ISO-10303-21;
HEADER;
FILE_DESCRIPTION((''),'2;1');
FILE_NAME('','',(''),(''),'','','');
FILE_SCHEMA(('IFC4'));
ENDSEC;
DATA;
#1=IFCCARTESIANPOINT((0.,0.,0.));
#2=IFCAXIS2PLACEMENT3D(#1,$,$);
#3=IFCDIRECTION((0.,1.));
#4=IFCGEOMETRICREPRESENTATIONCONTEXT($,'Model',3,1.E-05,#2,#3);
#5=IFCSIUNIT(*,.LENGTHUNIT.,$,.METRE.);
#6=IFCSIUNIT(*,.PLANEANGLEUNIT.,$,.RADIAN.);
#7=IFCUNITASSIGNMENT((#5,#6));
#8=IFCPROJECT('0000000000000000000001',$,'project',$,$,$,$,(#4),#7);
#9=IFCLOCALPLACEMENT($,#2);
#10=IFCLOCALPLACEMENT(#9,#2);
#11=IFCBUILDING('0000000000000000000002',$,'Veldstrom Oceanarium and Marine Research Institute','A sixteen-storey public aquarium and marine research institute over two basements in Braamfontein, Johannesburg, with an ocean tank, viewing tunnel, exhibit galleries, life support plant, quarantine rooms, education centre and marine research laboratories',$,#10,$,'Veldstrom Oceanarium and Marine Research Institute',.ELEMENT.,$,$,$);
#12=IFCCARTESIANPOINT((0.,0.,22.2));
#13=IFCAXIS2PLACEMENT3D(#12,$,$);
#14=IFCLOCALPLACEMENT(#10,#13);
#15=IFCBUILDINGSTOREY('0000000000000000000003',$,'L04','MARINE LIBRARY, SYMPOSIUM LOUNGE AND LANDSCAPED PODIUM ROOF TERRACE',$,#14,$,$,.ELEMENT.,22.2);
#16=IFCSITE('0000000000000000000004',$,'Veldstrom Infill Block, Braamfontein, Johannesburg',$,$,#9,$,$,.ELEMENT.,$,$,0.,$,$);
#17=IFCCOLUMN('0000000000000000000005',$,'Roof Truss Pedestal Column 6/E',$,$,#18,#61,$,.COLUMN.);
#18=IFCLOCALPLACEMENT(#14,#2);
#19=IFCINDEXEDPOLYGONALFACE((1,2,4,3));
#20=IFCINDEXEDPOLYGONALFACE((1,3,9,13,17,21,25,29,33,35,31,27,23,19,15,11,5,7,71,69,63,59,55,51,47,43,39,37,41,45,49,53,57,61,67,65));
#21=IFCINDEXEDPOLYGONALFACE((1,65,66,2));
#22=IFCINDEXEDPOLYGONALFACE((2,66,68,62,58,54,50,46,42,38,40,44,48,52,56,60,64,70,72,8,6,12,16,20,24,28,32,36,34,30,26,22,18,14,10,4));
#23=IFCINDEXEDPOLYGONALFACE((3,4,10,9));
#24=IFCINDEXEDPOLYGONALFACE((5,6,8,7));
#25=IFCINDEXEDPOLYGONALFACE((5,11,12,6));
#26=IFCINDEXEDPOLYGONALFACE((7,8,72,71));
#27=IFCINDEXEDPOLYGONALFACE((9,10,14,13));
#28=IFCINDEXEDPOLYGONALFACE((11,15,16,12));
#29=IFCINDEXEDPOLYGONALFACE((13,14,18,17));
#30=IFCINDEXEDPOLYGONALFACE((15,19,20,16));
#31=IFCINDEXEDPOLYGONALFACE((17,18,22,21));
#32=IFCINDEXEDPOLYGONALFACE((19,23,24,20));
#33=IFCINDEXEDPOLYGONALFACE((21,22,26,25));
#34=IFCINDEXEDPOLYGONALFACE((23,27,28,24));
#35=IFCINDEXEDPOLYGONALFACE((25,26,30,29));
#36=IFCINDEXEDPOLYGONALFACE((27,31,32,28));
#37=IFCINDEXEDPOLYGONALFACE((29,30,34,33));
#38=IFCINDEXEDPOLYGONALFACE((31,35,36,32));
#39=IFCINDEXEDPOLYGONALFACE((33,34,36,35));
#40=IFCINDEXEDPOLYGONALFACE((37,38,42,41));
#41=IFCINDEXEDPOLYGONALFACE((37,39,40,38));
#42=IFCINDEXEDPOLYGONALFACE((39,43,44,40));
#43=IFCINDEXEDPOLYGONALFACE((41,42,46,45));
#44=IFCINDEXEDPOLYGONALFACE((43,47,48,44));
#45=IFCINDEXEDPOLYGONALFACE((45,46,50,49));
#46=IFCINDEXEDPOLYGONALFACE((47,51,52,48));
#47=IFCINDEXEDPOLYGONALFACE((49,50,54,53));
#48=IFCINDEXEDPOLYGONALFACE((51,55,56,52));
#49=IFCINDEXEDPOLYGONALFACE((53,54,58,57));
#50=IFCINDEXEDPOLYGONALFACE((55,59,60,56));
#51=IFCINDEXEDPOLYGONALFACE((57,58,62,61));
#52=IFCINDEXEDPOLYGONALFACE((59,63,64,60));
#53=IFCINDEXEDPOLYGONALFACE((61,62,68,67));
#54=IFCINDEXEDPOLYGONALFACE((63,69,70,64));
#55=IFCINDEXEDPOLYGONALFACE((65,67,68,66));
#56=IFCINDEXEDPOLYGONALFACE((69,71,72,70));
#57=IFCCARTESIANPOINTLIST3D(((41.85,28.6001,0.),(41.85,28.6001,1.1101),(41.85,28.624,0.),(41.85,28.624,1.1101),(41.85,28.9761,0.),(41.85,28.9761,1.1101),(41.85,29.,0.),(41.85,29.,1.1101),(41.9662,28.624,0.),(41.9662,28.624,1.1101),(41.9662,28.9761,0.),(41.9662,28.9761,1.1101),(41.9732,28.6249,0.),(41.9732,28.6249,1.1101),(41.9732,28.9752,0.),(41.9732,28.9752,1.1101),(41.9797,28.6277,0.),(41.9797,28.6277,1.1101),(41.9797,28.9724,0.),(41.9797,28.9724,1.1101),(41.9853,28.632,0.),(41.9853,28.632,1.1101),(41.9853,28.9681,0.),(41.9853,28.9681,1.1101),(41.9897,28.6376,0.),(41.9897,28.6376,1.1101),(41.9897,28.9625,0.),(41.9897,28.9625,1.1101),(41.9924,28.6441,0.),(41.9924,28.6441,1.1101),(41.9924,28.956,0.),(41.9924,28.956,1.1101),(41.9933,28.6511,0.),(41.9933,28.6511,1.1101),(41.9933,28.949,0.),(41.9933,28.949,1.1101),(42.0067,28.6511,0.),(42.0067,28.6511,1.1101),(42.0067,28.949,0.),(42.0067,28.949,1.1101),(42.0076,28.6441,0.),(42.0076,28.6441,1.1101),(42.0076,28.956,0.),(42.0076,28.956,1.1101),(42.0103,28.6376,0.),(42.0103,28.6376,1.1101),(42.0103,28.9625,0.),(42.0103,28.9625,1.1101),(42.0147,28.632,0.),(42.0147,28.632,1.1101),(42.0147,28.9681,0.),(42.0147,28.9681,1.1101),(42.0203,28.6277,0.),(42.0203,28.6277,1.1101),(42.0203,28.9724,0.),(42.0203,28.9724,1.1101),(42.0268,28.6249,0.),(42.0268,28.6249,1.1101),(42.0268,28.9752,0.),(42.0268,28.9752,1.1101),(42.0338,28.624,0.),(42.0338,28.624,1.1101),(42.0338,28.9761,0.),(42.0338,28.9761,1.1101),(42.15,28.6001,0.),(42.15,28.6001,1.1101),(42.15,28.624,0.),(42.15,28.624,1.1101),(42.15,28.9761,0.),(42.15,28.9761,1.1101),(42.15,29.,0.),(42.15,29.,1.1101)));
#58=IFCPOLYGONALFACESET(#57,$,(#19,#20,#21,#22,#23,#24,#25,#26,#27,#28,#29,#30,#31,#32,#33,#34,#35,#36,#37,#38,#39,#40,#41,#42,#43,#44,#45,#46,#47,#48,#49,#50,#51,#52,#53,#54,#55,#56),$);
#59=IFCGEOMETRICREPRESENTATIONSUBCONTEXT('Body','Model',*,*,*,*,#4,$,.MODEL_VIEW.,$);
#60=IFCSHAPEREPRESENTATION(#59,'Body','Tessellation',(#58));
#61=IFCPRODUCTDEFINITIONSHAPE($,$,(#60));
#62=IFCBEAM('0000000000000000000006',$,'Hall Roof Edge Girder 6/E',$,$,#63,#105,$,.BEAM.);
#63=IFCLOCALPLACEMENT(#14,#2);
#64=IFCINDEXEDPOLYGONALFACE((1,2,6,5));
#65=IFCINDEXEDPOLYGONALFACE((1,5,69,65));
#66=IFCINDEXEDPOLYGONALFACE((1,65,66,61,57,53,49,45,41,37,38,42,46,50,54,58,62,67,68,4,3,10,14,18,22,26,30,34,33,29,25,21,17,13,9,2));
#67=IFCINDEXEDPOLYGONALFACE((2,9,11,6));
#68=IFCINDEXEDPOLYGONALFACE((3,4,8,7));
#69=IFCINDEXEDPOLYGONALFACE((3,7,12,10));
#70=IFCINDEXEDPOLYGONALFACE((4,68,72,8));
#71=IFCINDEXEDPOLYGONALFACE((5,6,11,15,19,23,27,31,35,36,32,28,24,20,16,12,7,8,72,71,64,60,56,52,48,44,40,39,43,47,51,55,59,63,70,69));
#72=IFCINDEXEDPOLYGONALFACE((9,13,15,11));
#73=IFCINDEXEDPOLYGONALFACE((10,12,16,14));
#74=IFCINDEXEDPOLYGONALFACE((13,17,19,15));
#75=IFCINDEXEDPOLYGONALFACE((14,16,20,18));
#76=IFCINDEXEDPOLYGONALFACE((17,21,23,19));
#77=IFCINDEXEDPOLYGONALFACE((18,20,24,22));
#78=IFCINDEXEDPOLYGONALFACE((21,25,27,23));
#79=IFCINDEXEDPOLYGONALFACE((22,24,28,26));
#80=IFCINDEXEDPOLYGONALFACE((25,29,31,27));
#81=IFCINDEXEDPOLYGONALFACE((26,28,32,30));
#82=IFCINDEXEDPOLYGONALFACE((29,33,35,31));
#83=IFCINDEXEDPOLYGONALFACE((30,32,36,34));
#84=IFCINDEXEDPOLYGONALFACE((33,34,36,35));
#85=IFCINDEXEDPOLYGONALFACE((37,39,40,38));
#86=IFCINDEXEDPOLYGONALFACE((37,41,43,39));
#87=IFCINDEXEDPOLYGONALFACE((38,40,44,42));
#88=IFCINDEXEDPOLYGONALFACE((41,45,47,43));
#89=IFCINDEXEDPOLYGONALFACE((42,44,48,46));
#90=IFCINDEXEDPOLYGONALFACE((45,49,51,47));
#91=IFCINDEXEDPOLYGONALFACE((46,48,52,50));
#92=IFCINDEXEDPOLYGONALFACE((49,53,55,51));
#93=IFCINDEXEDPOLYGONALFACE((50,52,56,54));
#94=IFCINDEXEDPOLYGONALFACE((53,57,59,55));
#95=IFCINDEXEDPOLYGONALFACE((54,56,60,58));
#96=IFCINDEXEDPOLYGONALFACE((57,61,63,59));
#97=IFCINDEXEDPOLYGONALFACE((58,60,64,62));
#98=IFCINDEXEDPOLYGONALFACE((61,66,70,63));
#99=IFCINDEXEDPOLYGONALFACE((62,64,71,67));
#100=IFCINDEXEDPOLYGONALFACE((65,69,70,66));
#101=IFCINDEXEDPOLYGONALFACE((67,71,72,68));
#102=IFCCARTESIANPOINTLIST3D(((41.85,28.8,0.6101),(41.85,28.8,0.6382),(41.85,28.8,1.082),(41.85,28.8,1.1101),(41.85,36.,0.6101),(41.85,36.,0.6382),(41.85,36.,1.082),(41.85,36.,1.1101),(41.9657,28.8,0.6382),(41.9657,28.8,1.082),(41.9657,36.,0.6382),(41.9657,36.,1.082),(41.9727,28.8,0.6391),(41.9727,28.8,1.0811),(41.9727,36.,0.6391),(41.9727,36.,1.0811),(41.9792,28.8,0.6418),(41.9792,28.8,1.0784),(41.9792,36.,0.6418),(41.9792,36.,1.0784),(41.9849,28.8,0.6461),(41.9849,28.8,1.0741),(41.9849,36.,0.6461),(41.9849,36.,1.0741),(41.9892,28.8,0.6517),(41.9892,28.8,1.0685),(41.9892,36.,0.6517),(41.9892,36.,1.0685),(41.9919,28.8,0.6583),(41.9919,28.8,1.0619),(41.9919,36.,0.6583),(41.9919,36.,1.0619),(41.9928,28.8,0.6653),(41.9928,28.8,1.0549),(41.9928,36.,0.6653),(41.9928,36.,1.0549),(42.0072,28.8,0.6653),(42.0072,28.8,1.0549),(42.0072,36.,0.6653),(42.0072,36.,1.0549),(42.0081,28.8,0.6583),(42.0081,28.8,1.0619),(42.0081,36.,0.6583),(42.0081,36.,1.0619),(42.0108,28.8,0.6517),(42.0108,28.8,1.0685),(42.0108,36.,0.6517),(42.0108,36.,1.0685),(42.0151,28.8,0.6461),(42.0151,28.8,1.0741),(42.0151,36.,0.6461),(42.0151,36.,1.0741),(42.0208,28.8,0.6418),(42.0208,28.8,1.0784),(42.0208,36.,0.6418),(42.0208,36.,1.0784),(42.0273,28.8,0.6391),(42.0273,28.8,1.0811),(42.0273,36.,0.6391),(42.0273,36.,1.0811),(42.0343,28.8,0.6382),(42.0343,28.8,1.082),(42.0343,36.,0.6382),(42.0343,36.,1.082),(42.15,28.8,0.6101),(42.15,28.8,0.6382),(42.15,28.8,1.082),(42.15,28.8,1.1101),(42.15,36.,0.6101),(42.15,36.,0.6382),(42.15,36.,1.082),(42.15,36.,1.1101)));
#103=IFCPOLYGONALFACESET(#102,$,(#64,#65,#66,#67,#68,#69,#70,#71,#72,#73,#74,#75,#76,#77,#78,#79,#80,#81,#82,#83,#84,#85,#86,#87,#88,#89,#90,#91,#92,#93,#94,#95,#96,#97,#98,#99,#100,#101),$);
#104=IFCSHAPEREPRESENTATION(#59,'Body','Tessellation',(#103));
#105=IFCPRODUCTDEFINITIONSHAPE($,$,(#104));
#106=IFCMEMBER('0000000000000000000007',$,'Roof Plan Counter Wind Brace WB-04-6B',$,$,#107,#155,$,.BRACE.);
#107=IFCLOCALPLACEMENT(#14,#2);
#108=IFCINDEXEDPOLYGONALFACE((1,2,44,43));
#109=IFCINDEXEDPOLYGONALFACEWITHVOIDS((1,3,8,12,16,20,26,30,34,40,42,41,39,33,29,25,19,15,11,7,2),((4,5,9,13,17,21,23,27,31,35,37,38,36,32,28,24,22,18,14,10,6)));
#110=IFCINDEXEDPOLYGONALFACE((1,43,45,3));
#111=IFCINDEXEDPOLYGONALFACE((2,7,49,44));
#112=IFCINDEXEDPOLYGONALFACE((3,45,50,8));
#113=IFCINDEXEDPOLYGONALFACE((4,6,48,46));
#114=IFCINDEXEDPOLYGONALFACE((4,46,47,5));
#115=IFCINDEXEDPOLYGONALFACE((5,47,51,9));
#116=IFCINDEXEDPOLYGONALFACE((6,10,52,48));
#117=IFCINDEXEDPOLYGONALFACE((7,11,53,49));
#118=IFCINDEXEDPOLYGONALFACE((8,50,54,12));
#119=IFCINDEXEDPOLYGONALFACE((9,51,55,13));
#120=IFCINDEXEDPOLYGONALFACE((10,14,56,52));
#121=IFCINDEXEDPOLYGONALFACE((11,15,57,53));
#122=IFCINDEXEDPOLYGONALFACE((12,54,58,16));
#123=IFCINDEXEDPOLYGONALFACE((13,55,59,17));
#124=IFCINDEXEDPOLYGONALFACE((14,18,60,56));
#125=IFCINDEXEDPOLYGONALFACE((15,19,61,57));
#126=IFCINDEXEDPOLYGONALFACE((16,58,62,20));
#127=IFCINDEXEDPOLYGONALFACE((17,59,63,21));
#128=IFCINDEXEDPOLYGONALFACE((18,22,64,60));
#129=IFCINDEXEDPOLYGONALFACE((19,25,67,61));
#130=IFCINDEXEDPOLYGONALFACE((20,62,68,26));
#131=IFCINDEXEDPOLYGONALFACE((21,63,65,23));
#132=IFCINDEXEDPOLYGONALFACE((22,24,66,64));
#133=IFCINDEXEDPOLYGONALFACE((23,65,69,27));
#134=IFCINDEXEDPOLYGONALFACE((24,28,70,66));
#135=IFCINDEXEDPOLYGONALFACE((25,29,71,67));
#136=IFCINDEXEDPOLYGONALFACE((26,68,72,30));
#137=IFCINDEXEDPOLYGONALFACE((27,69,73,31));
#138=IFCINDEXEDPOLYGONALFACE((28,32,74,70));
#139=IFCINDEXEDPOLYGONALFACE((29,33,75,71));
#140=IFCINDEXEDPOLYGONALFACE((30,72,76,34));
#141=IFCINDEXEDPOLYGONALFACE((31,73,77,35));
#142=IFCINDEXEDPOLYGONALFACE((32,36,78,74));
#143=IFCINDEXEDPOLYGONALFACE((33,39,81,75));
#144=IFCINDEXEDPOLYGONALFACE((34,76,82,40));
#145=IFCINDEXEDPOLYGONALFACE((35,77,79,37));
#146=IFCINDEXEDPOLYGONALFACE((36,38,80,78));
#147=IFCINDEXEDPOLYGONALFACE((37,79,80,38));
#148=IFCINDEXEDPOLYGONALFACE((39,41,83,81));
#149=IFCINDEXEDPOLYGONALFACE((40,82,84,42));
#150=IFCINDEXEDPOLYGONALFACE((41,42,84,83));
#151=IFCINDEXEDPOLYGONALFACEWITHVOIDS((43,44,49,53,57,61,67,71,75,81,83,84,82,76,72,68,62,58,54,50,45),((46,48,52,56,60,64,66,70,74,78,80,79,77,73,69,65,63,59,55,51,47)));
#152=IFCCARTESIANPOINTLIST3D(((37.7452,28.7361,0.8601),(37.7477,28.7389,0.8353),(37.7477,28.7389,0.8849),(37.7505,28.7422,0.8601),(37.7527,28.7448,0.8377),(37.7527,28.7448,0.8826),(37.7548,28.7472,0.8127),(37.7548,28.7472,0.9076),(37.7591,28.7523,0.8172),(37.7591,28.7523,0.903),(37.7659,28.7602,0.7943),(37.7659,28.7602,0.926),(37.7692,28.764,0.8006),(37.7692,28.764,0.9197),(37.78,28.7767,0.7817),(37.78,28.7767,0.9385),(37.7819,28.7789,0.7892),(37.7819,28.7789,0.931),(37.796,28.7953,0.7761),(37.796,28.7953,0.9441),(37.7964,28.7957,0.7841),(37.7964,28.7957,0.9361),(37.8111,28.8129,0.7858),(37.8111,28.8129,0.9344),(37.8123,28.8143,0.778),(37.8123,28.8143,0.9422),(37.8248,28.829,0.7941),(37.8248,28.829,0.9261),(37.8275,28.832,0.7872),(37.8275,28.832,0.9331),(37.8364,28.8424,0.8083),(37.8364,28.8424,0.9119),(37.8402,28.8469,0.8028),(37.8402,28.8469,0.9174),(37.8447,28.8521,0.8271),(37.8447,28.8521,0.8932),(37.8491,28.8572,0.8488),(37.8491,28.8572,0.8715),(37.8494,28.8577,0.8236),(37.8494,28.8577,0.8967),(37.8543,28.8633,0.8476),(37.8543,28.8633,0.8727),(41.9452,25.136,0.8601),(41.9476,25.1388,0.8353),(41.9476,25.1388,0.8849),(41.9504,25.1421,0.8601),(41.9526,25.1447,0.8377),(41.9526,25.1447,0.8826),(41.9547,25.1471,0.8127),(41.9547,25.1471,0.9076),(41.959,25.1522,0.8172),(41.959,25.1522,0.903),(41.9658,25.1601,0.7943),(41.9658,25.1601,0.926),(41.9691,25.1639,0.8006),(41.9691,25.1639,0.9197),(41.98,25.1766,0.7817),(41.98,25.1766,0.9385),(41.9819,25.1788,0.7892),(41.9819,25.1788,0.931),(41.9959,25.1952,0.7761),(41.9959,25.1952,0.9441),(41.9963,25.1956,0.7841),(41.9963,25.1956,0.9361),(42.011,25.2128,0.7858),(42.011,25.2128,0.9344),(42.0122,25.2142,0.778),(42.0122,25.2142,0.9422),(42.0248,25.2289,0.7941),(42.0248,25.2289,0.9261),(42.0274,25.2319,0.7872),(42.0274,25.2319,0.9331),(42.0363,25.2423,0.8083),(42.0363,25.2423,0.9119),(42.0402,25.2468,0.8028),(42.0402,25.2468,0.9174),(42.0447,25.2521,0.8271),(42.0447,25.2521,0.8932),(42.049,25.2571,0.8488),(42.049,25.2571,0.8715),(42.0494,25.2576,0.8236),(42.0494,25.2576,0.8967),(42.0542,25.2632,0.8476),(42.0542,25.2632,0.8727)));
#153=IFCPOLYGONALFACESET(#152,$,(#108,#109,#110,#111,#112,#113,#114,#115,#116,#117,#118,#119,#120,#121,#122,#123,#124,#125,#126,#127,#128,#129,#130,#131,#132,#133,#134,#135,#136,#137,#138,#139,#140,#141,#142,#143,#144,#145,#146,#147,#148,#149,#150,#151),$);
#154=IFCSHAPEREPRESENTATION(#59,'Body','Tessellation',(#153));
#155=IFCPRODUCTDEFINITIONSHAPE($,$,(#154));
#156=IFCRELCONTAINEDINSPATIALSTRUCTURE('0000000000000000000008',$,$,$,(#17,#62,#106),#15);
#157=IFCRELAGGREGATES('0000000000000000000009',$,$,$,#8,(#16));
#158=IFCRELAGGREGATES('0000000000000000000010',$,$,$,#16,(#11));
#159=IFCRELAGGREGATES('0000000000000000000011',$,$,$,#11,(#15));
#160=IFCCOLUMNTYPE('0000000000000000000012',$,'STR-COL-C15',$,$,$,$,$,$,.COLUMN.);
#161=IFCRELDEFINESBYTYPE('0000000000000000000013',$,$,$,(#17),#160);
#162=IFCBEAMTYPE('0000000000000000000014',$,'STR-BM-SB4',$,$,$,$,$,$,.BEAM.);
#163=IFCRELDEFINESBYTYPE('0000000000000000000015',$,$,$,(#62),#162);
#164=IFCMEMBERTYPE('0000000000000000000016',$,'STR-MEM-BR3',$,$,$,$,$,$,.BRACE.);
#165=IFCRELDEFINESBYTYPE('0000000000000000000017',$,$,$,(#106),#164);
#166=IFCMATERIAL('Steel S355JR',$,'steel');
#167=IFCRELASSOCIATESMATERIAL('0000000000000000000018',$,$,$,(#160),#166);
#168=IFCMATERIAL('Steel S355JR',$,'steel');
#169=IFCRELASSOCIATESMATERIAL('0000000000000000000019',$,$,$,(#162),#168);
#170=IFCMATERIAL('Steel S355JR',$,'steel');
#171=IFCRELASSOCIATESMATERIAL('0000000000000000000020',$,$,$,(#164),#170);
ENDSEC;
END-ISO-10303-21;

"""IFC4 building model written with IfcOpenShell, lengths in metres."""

from ifc_helpers import new_model, si_unit, direction, frame, origin, origin_2d, place, context, subcontext, project, spatial, hollow_circle, i_section, extrude, material, material_profile, profile_set, type_object, element, save


model = new_model("IFC4")

# Units and contexts
model_context = context("Model", 3, precision=1e-05, world=origin(), true_north=direction((0.0, 1.0)))
body_context = subcontext(model_context, "Body", "Model", "MODEL_VIEW")
ifc_project = project(units=[si_unit("LENGTHUNIT", "METRE"), si_unit("PLANEANGLEUNIT", "RADIAN")], contexts=[model_context])

# Site, building, storey
site_placement = place(None, origin())
site = spatial("IfcSite", under=ifc_project, at=site_placement, Name="Veldstrom Infill Block, Braamfontein, Johannesburg", CompositionType="ELEMENT", RefElevation=0.0)
building_placement = place(site_placement, origin())
building = spatial("IfcBuilding", under=site, at=building_placement, Name="Veldstrom Oceanarium and Marine Research Institute", Description="A sixteen-storey public aquarium and marine research institute over two basements in Braamfontein, Johannesburg, with an ocean tank, viewing tunnel, exhibit galleries, life support plant, quarantine rooms, education centre and marine research laboratories", LongName="Veldstrom Oceanarium and Marine Research Institute", CompositionType="ELEMENT")
storey_placement = place(building_placement, frame((0.0, 0.0, 22.2)))
storey = spatial("IfcBuildingStorey", under=building, at=storey_placement, Name="L04", Description="MARINE LIBRARY, SYMPOSIUM LOUNGE AND LANDSCAPED PODIUM ROOF TERRACE", CompositionType="ELEMENT", Elevation=22.2)

# Column
ifc_material_1 = material(Name="Steel S355JR", Category="steel")
ifc_material_profile_1 = material_profile(ifc_material_1, i_section(OverallWidth=0.3, OverallDepth=0.3999, WebThickness=0.0134, FlangeThickness=0.0239, FilletRadius=0.0271, at=origin_2d()), Name="HEB 400")
ifc_profile_set_1 = profile_set([ifc_material_profile_1], Name="Steel S355JR")
column_type = type_object("IfcColumnType", Name="STR-COL-C15", PredefinedType="COLUMN", material=ifc_profile_set_1)
column_placement = place(storey_placement, frame((42.0, 28.8, 0.0), z_axis=(0.0, 0.0, 1.0), x_axis=(1.0, 0.0, 0.0)))
element("IfcColumn", 1, at=column_placement, inside=storey, type_object=column_type, Name="Roof Truss Pedestal Column 6/E", PredefinedType="COLUMN", context=body_context, shape_type="SweptSolid", body=[
    extrude(i_section(OverallWidth=0.3, OverallDepth=0.3999, WebThickness=0.0134, FlangeThickness=0.0239, FilletRadius=0.0271, at=origin_2d()), origin(), (0.0, 0.0, 1.0), 1.1101),
])

# Beam
ifc_material_2 = material(Name="Steel S355JR", Category="steel")
ifc_material_profile_2 = material_profile(ifc_material_2, i_section(OverallWidth=0.3, OverallDepth=0.5, WebThickness=0.0144, FlangeThickness=0.0281, FilletRadius=0.0271, at=origin_2d()), Name="HEB 500")
ifc_profile_set_2 = profile_set([ifc_material_profile_2], Name="Steel S355JR")
beam_type = type_object("IfcBeamType", Name="STR-BM-SB4", PredefinedType="BEAM", material=ifc_profile_set_2)
beam_placement = place(storey_placement, frame((42.0, 28.8, 0.8601), z_axis=(0.0, 1.0, 0.0), x_axis=(-1.0, 0.0, 0.0)))
element("IfcBeam", 2, at=beam_placement, inside=storey, type_object=beam_type, Name="Hall Roof Edge Girder 6/E", PredefinedType="BEAM", context=body_context, shape_type="SweptSolid", body=[
    extrude(i_section(OverallWidth=0.3, OverallDepth=0.5, WebThickness=0.0144, FlangeThickness=0.0281, FilletRadius=0.0271, at=origin_2d()), origin(), (0.0, 0.0, 1.0), 7.2),
])

# Member
ifc_material_3 = material(Name="Steel S355JR", Category="steel")
ifc_material_profile_3 = material_profile(ifc_material_3, hollow_circle(Radius=0.0842, WallThickness=0.0081, at=origin_2d()), Name="CHS 168.3x8")
ifc_profile_set_3 = profile_set([ifc_material_profile_3], Name="Steel S355JR")
member_type_1 = type_object("IfcMemberType", Name="STR-MEM-BR3", PredefinedType="BRACE", material=ifc_profile_set_3)
member_1_placement = place(storey_placement, frame((42.0, 25.2, 0.8601), z_axis=(-0.759244, 0.650806, 0.0), x_axis=(-0.650806, -0.759244, 0.0)))
element("IfcMember", 3, at=member_1_placement, inside=storey, type_object=member_type_1, Name="Roof Plan Counter Wind Brace WB-04-6B", PredefinedType="BRACE", context=body_context, shape_type="SweptSolid", body=[
    extrude(hollow_circle(Radius=0.0842, WallThickness=0.0081, at=origin_2d()), origin(), (0.0, 0.0, 1.0), 5.5317),
])

save(model, "model.ifc")
